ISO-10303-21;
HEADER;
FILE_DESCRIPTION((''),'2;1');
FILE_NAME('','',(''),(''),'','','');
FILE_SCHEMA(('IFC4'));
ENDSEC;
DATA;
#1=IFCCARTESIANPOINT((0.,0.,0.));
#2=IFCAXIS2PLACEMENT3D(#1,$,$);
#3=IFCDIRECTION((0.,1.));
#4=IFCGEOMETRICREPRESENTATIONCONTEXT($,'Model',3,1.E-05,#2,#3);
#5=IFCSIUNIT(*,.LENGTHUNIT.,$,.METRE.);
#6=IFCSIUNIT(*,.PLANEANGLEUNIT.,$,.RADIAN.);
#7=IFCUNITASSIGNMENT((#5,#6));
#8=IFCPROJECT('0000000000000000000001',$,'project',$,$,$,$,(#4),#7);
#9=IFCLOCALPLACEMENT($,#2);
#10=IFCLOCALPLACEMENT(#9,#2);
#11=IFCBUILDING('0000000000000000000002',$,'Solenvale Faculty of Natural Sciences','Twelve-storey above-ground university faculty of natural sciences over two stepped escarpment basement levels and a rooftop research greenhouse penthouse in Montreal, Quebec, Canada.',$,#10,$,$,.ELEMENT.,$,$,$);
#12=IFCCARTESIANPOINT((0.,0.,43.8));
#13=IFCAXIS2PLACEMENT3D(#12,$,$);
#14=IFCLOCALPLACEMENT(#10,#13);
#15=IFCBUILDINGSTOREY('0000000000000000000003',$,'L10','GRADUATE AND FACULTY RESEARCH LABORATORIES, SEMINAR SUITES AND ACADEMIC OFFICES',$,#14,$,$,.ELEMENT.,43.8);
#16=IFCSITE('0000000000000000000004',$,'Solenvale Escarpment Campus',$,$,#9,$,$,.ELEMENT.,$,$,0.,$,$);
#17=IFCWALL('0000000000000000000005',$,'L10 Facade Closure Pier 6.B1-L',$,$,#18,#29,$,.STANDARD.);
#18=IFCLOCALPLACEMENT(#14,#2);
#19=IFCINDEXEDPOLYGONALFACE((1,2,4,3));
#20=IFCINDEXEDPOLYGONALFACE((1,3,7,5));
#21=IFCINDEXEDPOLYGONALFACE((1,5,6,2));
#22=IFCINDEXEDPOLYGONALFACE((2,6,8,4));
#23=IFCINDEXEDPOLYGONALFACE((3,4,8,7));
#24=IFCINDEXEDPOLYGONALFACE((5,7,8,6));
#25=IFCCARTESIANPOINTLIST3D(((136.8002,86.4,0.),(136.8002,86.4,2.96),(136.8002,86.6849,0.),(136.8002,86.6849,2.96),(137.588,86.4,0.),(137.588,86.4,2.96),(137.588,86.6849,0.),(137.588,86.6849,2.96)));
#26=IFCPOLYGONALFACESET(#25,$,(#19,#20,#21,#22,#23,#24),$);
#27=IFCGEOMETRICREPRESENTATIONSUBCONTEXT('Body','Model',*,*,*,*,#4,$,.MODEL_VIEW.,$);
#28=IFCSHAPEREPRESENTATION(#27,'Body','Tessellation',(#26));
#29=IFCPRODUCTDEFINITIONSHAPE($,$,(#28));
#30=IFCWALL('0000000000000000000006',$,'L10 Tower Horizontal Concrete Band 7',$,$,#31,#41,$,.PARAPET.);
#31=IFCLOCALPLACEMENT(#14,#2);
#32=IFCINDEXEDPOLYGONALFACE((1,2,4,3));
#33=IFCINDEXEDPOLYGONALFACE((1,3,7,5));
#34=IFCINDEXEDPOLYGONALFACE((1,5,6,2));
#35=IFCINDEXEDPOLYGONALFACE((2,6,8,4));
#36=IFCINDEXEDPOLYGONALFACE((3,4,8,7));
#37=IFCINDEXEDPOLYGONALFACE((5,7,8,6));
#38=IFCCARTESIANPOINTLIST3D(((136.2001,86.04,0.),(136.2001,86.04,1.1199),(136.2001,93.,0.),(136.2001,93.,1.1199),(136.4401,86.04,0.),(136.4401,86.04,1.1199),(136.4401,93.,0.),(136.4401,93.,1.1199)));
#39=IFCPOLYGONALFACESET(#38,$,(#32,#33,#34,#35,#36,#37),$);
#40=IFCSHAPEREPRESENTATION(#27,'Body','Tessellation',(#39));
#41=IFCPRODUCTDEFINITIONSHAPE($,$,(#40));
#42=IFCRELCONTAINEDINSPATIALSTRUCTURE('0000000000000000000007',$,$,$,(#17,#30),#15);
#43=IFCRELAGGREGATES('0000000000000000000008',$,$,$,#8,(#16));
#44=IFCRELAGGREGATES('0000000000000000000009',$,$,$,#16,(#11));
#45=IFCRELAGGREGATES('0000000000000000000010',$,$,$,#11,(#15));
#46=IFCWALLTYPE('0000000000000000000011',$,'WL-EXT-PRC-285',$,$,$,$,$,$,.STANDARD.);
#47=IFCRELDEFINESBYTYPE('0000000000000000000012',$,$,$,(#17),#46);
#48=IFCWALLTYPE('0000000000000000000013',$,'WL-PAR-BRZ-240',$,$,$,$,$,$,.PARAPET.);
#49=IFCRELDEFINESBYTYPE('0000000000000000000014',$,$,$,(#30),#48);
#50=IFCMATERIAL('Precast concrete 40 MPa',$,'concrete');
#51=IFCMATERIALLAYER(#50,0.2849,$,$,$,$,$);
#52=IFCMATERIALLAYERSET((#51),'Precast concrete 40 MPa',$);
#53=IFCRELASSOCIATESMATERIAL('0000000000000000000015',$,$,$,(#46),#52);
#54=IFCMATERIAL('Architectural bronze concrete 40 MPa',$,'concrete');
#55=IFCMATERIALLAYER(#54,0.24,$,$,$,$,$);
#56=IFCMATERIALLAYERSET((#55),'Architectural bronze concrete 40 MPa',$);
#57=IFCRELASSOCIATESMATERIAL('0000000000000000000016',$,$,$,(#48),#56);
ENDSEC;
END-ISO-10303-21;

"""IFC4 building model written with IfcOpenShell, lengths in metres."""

from ifc_helpers import new_model, si_unit, direction, frame, frame_2d, origin, place, context, subcontext, project, spatial, rectangle, extrude, material, layer, layer_set, type_object, element, save


model = new_model("IFC4")

# Units and contexts
model_context = context("Model", 3, precision=1e-05, world=origin(), true_north=direction((0.0, 1.0)))
body_context = subcontext(model_context, "Body", "Model", "MODEL_VIEW")
ifc_project = project(units=[si_unit("LENGTHUNIT", "METRE"), si_unit("PLANEANGLEUNIT", "RADIAN")], contexts=[model_context])

# Site, building, storey
site_placement = place(None, origin())
site = spatial("IfcSite", under=ifc_project, at=site_placement, Name="Solenvale Escarpment Campus", CompositionType="ELEMENT", RefElevation=0.0)
building_placement = place(site_placement, origin())
building = spatial("IfcBuilding", under=site, at=building_placement, Name="Solenvale Faculty of Natural Sciences", Description="Twelve-storey above-ground university faculty of natural sciences over two stepped escarpment basement levels and a rooftop research greenhouse penthouse in Montreal, Quebec, Canada.", CompositionType="ELEMENT")
storey_placement = place(building_placement, frame((0.0, 0.0, 43.8)))
storey = spatial("IfcBuildingStorey", under=building, at=storey_placement, Name="L10", Description="GRADUATE AND FACULTY RESEARCH LABORATORIES, SEMINAR SUITES AND ACADEMIC OFFICES", CompositionType="ELEMENT", Elevation=43.8)

# Walls
ifc_material_1 = material(Name="Precast concrete 40 MPa", Category="concrete")
ifc_layer_1 = layer(ifc_material_1, 0.2849)
ifc_layer_set_1 = layer_set([ifc_layer_1], Name="Precast concrete 40 MPa")
wall_type_1 = type_object("IfcWallType", Name="WL-EXT-PRC-285", PredefinedType="STANDARD", material=ifc_layer_set_1)
wall_1_placement = place(storey_placement, frame((136.8, 86.5425, 0.0), z_axis=(0.0, 0.0, 1.0), x_axis=(1.0, 0.0, 0.0)))
element("IfcWall", 1, at=wall_1_placement, inside=storey, type_object=wall_type_1, Name="L10 Facade Closure Pier 6.B1-L", PredefinedType="STANDARD", context=body_context, shape_type="SweptSolid", body=[
    extrude(rectangle(XDim=0.7878, YDim=0.2849, at=frame_2d((0.394, 0.0))), origin(), (0.0, 0.0, 1.0), 2.96),
])
ifc_material_2 = material(Name="Architectural bronze concrete 40 MPa", Category="concrete")
ifc_layer_2 = layer(ifc_material_2, 0.24)
ifc_layer_set_2 = layer_set([ifc_layer_2], Name="Architectural bronze concrete 40 MPa")
wall_type_2 = type_object("IfcWallType", Name="WL-PAR-BRZ-240", PredefinedType="PARAPET", material=ifc_layer_set_2)
wall_2_placement = place(storey_placement, frame((136.3201, 86.04, 0.0), z_axis=(0.0, 0.0, 1.0), x_axis=(0.0, 1.0, 0.0)))
element("IfcWall", 2, at=wall_2_placement, inside=storey, type_object=wall_type_2, Name="L10 Tower Horizontal Concrete Band 7", PredefinedType="PARAPET", context=body_context, shape_type="SweptSolid", body=[
    extrude(rectangle(XDim=6.96, YDim=0.24, at=frame_2d((3.48, 0.0))), origin(), (0.0, 0.0, 1.0), 1.1199),
])

save(model, "model.ifc")
